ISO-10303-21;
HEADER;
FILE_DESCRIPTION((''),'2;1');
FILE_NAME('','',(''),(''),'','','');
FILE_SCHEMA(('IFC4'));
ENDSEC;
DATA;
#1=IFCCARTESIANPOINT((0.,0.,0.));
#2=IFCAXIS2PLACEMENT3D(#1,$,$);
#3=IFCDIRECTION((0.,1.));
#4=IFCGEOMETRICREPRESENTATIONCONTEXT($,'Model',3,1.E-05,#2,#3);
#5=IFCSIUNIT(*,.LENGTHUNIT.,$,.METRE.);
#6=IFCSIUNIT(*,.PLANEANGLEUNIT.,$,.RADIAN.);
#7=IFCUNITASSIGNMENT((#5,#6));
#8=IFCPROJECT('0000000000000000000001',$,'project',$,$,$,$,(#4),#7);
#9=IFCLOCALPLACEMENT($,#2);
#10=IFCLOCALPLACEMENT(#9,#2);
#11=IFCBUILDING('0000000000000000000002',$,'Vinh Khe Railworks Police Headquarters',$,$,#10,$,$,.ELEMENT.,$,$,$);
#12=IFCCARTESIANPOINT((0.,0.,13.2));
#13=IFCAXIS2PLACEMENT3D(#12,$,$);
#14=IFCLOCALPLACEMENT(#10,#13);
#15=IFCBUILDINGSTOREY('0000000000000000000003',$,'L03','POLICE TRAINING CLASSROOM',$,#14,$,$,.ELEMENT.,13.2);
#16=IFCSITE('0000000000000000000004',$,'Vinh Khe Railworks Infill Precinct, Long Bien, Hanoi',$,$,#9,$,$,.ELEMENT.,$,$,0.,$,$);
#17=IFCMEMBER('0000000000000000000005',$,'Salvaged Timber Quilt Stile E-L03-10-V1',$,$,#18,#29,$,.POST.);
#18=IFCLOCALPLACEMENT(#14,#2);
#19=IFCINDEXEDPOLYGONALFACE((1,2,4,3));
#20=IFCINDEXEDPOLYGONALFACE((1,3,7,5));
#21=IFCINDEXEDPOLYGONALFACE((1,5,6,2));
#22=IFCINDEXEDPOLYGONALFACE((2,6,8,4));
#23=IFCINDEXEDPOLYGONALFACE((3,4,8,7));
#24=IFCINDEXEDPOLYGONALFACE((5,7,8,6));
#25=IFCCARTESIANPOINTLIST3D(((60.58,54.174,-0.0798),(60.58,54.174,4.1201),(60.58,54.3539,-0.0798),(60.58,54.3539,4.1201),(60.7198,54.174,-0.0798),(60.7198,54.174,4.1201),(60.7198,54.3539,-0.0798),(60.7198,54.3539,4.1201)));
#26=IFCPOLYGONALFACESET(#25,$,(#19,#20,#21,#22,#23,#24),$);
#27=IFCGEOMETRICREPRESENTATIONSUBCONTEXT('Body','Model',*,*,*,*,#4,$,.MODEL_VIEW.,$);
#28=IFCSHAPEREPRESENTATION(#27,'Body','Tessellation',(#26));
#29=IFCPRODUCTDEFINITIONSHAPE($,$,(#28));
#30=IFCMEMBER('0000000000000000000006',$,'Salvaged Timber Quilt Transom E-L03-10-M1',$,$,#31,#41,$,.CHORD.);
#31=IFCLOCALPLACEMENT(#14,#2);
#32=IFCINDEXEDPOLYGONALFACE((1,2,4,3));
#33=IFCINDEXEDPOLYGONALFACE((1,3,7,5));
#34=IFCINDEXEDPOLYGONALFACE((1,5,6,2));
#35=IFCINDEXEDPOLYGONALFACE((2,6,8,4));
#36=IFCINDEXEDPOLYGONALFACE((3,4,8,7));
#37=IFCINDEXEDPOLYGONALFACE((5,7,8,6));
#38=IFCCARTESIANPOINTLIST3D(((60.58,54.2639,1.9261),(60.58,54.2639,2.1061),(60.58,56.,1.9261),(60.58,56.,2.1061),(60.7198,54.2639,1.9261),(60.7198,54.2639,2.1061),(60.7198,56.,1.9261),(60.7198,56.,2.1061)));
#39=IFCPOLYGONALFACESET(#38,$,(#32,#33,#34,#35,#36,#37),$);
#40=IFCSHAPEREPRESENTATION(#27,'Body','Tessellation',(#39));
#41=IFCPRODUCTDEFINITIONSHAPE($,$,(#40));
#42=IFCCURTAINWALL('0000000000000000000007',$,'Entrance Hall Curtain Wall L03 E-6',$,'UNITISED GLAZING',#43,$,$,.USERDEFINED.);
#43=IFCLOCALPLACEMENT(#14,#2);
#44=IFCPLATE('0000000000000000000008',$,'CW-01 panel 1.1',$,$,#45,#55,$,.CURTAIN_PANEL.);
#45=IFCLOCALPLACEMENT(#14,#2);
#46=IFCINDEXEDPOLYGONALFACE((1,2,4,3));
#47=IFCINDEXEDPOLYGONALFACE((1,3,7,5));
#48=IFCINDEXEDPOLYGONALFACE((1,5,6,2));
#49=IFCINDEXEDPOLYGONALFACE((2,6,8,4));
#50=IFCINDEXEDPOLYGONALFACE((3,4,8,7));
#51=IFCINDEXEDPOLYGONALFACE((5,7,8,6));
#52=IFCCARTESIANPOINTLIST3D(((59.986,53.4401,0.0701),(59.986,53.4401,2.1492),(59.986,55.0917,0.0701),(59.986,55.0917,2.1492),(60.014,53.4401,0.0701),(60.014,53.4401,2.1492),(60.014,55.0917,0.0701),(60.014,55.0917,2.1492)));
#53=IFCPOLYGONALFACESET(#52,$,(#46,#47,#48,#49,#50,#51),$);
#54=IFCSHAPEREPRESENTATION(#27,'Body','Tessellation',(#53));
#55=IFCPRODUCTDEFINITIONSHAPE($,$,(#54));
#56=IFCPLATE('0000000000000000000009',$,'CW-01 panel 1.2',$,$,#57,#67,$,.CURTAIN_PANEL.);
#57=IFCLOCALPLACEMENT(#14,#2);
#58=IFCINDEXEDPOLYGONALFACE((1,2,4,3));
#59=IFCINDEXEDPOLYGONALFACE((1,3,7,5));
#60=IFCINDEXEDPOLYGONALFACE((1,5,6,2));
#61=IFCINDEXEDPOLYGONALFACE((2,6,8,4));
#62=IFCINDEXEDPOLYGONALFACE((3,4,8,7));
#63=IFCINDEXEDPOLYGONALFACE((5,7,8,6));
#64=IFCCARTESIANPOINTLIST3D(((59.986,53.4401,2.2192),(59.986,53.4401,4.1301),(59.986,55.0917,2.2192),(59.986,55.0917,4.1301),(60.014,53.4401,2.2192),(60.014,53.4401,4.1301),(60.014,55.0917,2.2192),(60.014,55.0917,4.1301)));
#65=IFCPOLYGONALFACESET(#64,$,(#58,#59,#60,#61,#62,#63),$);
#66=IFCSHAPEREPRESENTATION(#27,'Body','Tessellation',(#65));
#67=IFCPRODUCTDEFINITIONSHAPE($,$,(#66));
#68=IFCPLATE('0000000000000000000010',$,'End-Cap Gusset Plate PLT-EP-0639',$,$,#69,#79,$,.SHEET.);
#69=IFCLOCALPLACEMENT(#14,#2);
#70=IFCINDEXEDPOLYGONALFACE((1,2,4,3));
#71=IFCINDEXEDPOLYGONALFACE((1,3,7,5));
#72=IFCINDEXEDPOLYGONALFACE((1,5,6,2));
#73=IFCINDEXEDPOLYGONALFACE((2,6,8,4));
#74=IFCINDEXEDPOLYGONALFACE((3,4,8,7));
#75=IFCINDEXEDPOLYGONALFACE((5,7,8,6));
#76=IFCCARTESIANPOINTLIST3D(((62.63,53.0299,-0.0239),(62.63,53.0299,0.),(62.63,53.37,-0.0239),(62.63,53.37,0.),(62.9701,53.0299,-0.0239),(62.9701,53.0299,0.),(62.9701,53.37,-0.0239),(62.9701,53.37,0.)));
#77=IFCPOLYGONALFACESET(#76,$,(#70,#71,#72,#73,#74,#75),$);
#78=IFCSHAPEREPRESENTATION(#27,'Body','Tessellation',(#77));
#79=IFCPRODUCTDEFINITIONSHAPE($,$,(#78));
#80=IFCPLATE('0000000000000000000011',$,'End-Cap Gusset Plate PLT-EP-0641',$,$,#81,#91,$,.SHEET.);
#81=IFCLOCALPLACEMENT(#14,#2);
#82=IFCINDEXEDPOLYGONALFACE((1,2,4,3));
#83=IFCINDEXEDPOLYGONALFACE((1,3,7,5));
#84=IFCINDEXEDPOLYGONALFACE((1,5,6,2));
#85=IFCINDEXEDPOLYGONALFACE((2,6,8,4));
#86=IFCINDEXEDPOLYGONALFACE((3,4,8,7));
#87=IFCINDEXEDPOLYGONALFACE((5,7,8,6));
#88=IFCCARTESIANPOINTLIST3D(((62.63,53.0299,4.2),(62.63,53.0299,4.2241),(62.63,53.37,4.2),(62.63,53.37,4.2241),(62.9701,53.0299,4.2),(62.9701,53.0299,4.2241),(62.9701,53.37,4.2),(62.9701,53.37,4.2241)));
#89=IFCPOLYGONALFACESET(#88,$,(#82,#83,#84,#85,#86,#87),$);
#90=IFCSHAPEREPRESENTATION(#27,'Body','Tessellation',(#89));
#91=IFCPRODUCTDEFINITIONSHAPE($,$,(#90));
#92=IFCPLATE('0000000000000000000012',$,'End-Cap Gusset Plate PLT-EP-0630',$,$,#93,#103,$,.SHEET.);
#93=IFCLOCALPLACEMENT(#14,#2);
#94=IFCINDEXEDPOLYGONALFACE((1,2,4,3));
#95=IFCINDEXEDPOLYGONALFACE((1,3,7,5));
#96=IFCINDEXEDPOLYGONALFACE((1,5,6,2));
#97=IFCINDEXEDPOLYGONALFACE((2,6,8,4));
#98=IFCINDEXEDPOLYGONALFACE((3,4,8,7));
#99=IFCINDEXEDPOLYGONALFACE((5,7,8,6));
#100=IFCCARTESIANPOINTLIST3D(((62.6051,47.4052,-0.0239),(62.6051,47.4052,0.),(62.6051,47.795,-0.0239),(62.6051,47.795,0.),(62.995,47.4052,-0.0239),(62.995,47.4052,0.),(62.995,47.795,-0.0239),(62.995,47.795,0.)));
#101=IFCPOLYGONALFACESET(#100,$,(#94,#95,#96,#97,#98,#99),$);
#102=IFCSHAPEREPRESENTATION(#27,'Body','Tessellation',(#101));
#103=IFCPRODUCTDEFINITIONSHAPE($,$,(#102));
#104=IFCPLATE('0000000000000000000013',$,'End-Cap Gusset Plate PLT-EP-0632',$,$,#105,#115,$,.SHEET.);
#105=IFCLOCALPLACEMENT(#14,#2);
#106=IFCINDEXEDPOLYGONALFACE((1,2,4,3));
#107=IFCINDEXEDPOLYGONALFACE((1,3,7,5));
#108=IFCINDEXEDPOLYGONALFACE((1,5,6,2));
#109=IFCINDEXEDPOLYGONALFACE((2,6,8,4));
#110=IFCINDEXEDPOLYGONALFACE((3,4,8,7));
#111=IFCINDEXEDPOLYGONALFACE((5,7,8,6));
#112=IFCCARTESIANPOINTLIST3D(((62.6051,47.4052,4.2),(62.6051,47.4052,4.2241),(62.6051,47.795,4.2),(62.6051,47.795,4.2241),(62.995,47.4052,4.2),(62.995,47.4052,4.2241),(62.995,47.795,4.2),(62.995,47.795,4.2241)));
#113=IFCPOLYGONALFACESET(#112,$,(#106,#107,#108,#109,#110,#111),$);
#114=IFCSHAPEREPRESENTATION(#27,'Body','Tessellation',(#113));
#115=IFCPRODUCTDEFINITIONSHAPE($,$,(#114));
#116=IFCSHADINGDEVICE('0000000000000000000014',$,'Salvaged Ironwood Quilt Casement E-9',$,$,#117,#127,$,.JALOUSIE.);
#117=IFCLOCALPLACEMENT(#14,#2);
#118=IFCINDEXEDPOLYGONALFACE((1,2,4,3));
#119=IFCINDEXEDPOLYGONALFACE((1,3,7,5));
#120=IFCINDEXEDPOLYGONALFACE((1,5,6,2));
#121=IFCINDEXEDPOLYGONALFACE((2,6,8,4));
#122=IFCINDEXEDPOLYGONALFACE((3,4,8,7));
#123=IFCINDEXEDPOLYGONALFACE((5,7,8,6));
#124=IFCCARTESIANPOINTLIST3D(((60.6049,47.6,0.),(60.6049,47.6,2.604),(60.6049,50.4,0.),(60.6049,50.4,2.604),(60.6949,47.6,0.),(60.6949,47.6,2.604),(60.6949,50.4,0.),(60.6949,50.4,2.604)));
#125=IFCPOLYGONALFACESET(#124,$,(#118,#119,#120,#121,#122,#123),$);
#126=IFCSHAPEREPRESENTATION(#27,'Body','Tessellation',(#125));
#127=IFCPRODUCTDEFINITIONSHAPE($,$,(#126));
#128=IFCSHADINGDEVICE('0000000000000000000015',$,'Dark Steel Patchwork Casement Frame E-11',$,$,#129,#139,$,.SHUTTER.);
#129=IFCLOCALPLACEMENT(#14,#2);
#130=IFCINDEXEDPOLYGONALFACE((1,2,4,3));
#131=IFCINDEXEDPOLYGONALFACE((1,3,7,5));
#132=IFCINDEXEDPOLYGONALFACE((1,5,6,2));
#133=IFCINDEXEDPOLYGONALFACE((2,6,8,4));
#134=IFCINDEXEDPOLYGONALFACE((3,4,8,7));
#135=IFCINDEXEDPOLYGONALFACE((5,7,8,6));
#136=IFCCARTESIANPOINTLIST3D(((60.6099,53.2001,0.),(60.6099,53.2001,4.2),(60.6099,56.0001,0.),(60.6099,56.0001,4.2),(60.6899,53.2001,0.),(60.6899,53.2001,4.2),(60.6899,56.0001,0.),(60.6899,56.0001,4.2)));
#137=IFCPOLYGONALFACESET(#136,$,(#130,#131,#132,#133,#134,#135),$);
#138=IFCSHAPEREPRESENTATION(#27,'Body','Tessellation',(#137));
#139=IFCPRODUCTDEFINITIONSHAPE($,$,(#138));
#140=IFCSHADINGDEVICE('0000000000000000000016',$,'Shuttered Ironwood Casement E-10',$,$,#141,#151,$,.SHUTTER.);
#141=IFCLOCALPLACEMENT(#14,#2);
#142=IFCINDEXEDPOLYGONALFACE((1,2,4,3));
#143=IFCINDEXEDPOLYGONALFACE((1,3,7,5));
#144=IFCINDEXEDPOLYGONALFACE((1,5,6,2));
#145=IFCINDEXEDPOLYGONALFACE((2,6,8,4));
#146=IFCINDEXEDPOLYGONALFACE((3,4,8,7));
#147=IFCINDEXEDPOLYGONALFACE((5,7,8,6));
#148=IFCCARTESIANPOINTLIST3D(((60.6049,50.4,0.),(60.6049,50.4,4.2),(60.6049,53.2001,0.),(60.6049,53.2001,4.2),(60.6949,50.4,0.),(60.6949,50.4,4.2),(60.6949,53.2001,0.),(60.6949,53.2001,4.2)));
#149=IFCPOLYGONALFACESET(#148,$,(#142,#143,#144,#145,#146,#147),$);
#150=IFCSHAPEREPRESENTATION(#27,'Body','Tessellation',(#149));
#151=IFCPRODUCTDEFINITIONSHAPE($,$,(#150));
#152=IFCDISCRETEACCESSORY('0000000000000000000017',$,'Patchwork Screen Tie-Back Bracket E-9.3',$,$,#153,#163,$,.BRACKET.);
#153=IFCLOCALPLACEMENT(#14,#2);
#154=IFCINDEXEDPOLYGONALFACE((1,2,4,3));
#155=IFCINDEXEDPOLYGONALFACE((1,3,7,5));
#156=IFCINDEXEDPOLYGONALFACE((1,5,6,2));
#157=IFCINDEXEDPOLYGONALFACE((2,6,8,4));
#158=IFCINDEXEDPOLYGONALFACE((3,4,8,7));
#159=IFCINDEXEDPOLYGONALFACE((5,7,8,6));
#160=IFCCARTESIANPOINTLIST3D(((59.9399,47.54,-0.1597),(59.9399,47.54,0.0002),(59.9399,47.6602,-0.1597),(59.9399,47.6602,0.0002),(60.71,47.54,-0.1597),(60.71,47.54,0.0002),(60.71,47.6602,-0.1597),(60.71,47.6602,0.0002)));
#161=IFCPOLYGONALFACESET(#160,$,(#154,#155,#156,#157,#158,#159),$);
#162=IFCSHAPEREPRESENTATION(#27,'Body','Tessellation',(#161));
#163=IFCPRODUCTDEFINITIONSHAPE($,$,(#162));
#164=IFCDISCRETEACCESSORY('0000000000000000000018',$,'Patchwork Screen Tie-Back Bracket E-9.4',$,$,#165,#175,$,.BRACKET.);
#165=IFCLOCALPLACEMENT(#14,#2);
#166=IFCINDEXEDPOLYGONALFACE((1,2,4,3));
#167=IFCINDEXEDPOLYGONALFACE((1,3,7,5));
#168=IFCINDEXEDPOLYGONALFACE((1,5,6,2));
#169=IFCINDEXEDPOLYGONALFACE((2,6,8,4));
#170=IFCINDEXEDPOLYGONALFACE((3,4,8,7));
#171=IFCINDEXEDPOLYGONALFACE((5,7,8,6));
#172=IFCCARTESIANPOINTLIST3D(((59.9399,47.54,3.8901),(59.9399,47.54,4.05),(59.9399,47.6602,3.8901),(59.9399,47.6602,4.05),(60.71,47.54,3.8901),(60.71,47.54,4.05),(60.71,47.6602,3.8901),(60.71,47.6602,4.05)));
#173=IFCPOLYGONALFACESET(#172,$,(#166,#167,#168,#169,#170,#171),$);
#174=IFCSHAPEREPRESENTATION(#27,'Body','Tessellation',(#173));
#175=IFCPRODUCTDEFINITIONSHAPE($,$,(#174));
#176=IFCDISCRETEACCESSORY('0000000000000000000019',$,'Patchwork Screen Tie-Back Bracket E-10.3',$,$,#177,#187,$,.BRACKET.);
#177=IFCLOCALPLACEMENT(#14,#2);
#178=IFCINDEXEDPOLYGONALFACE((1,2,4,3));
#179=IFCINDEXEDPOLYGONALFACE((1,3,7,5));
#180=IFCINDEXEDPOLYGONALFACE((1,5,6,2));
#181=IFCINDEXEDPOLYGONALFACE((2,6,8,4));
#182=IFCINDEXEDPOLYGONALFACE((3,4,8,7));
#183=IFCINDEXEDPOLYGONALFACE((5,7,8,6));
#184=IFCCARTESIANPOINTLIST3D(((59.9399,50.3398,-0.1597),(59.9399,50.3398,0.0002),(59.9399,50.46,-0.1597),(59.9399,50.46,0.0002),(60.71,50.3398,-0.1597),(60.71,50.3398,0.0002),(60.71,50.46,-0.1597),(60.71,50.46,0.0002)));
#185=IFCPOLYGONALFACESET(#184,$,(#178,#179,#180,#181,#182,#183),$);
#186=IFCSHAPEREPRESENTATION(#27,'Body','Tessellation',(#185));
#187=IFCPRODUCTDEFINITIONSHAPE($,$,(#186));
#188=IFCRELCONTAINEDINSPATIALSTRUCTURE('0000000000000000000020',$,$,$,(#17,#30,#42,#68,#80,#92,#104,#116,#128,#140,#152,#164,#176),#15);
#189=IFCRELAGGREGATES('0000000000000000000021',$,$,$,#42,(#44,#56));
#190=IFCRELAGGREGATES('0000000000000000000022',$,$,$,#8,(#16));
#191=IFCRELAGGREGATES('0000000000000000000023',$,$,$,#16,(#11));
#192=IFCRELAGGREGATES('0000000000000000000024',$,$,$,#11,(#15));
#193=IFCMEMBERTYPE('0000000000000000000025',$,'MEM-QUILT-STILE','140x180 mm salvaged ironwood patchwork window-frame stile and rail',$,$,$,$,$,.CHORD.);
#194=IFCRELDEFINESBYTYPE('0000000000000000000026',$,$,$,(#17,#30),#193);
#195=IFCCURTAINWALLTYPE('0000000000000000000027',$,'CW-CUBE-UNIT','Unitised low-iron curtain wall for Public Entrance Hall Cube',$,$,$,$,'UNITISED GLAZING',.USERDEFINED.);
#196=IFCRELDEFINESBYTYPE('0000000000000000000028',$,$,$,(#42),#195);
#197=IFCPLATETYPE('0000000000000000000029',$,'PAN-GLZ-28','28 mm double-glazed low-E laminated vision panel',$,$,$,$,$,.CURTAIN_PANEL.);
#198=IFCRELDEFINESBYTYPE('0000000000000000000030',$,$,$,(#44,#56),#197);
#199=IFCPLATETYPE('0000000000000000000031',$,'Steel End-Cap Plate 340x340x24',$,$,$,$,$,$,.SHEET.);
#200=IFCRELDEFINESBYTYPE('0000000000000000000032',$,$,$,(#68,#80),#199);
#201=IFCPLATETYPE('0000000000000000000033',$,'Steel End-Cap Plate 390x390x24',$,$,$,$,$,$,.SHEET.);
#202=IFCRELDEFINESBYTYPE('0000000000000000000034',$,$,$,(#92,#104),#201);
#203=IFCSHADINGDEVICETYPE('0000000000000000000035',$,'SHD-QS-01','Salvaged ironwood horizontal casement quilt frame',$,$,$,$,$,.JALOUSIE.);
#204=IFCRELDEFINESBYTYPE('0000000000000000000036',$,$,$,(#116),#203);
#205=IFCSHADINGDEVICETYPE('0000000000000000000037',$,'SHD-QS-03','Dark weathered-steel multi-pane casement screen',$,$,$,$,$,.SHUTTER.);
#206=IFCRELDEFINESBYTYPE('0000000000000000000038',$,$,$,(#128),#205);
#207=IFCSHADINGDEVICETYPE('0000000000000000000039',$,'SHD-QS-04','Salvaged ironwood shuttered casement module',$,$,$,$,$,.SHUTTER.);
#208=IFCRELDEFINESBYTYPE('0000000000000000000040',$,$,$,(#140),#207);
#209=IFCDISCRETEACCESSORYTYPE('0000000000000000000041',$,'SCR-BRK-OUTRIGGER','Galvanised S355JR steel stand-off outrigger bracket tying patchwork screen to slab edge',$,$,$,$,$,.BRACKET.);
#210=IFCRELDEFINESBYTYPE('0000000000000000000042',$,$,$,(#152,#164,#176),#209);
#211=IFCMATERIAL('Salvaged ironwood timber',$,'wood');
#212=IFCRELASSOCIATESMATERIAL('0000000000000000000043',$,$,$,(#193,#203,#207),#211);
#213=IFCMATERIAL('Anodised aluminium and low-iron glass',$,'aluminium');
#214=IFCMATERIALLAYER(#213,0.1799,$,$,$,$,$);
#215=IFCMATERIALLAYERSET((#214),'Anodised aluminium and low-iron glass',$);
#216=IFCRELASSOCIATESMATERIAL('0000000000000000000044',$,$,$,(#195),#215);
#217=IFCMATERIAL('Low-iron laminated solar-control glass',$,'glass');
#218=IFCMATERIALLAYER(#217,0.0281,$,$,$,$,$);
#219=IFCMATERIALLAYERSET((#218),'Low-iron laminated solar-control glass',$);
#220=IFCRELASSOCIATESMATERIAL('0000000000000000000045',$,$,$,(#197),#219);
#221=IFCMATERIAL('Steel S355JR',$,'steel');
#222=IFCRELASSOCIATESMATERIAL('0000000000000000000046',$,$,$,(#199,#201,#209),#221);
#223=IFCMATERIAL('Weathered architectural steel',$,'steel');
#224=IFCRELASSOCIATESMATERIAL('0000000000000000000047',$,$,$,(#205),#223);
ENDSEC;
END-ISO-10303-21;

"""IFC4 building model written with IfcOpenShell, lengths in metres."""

from ifc_helpers import new_model, si_unit, direction, frame, origin, origin_2d, place, context, subcontext, project, spatial, rectangle, extrude, material, layer, layer_set, material_profile, profile_set, type_object, element, aggregate, save


model = new_model("IFC4")

# Units and contexts
model_context = context("Model", 3, precision=1e-05, world=origin(), true_north=direction((0.0, 1.0)))
body_context = subcontext(model_context, "Body", "Model", "MODEL_VIEW")
ifc_project = project(units=[si_unit("LENGTHUNIT", "METRE"), si_unit("PLANEANGLEUNIT", "RADIAN")], contexts=[model_context])

# Site, building, storey
site_placement = place(None, origin())
site = spatial("IfcSite", under=ifc_project, at=site_placement, Name="Vinh Khe Railworks Infill Precinct, Long Bien, Hanoi", CompositionType="ELEMENT", RefElevation=0.0)
building_placement = place(site_placement, origin())
building = spatial("IfcBuilding", under=site, at=building_placement, Name="Vinh Khe Railworks Police Headquarters", CompositionType="ELEMENT")
storey_placement = place(building_placement, frame((0.0, 0.0, 13.2)))
storey = spatial("IfcBuildingStorey", under=building, at=storey_placement, Name="L03", Description="POLICE TRAINING CLASSROOM", CompositionType="ELEMENT", Elevation=13.2)

# Shared definitions
ifc_material_1 = material(Name="Steel S355JR", Category="steel")

# Members
ifc_material_2 = material(Name="Salvaged ironwood timber", Category="wood")
ifc_material_profile_1 = material_profile(ifc_material_2, rectangle(XDim=0.1399, YDim=0.1799, at=origin_2d()), Name="TIMBER 140x180")
ifc_profile_set_1 = profile_set([ifc_material_profile_1], Name="Salvaged ironwood timber")
member_type = type_object("IfcMemberType", Name="MEM-QUILT-STILE", Description="140x180 mm salvaged ironwood patchwork window-frame stile and rail", PredefinedType="CHORD", material=ifc_profile_set_1)
member_1_placement = place(storey_placement, frame((60.6499, 54.2639, -0.0798), z_axis=(0.0, 0.0, 1.0), x_axis=(1.0, 0.0, 0.0)))
element("IfcMember", 1, at=member_1_placement, inside=storey, type_object=member_type, Name="Salvaged Timber Quilt Stile E-L03-10-V1", PredefinedType="POST", context=body_context, shape_type="SweptSolid", body=[
    extrude(rectangle(XDim=0.1399, YDim=0.1799, at=origin_2d()), origin(), (0.0, 0.0, 1.0), 4.2),
])
member_2_placement = place(storey_placement, frame((60.6499, 54.2639, 2.0161), z_axis=(0.0, 1.0, 0.0), x_axis=(-1.0, 0.0, 0.0)))
element("IfcMember", 2, at=member_2_placement, inside=storey, type_object=member_type, Name="Salvaged Timber Quilt Transom E-L03-10-M1", PredefinedType="CHORD", context=body_context, shape_type="SweptSolid", body=[
    extrude(rectangle(XDim=0.1399, YDim=0.1799, at=origin_2d()), origin(), (0.0, 0.0, 1.0), 1.7361),
])

# Curtain wall, plates
ifc_material_3 = material(Name="Anodised aluminium and low-iron glass", Category="aluminium")
ifc_layer_1 = layer(ifc_material_3, 0.1799)
ifc_layer_set_1 = layer_set([ifc_layer_1], Name="Anodised aluminium and low-iron glass")
curtain_wall_type = type_object("IfcCurtainWallType", Name="CW-CUBE-UNIT", Description="Unitised low-iron curtain wall for Public Entrance Hall Cube", ElementType="UNITISED GLAZING", PredefinedType="USERDEFINED", material=ifc_layer_set_1)
curtain_wall_placement = place(storey_placement, origin())
curtain_wall = element("IfcCurtainWall", 3, at=curtain_wall_placement, inside=storey, type_object=curtain_wall_type, Name="Entrance Hall Curtain Wall L03 E-6", ObjectType="UNITISED GLAZING", PredefinedType="USERDEFINED")
ifc_material_4 = material(Name="Low-iron laminated solar-control glass", Category="glass")
ifc_layer_2 = layer(ifc_material_4, 0.0281)
ifc_layer_set_2 = layer_set([ifc_layer_2], Name="Low-iron laminated solar-control glass")
plate_type_1 = type_object("IfcPlateType", Name="PAN-GLZ-28", Description="28 mm double-glazed low-E laminated vision panel", PredefinedType="CURTAIN_PANEL", material=ifc_layer_set_2)
plate_1_placement = place(storey_placement, frame((60.0, 54.2659, 0.0701), z_axis=(0.0, 0.0, 1.0), x_axis=(0.0, 1.0, 0.0)))
plate_1 = element("IfcPlate", 4, at=plate_1_placement, type_object=plate_type_1, Name="CW-01 panel 1.1", PredefinedType="CURTAIN_PANEL", context=body_context, shape_type="SweptSolid", body=[
    extrude(rectangle(XDim=1.6516, YDim=0.0281, at=origin_2d()), origin(), (0.0, 0.0, 1.0), 2.0791),
])
plate_2_placement = place(storey_placement, frame((60.0, 54.2659, 2.2192), z_axis=(0.0, 0.0, 1.0), x_axis=(0.0, 1.0, 0.0)))
plate_2 = element("IfcPlate", 5, at=plate_2_placement, type_object=plate_type_1, Name="CW-01 panel 1.2", PredefinedType="CURTAIN_PANEL", context=body_context, shape_type="SweptSolid", body=[
    extrude(rectangle(XDim=1.6516, YDim=0.0281, at=origin_2d()), origin(), (0.0, 0.0, 1.0), 1.9109),
])
aggregate(curtain_wall, [plate_1, plate_2])

# Plates
ifc_material_profile_2 = material_profile(ifc_material_1, rectangle(XDim=0.3401, YDim=0.3401, at=origin_2d()), Name="PL 340x340")
ifc_profile_set_2 = profile_set([ifc_material_profile_2], Name="Steel S355JR")
plate_type_2 = type_object("IfcPlateType", Name="Steel End-Cap Plate 340x340x24", PredefinedType="SHEET", material=ifc_profile_set_2)
plate_3_placement = place(storey_placement, frame((62.8, 53.2, 0.0), z_axis=(0.0, 0.0, -1.0), x_axis=(1.0, 0.0, 0.0)))
element("IfcPlate", 6, at=plate_3_placement, inside=storey, type_object=plate_type_2, Name="End-Cap Gusset Plate PLT-EP-0639", PredefinedType="SHEET", context=body_context, shape_type="SweptSolid", body=[
    extrude(rectangle(XDim=0.3401, YDim=0.3401, at=origin_2d()), origin(), (0.0, 0.0, 1.0), 0.0239),
])
plate_4_placement = place(storey_placement, frame((62.8, 53.2, 4.2), z_axis=(0.0, 0.0, 1.0), x_axis=(1.0, 0.0, 0.0)))
element("IfcPlate", 7, at=plate_4_placement, inside=storey, type_object=plate_type_2, Name="End-Cap Gusset Plate PLT-EP-0641", PredefinedType="SHEET", context=body_context, shape_type="SweptSolid", body=[
    extrude(rectangle(XDim=0.3401, YDim=0.3401, at=origin_2d()), origin(), (0.0, 0.0, 1.0), 0.0242),
])
ifc_material_profile_3 = material_profile(ifc_material_1, rectangle(XDim=0.3899, YDim=0.3899, at=origin_2d()), Name="PL 390x390")
ifc_profile_set_3 = profile_set([ifc_material_profile_3], Name="Steel S355JR")
plate_type_3 = type_object("IfcPlateType", Name="Steel End-Cap Plate 390x390x24", PredefinedType="SHEET", material=ifc_profile_set_3)
plate_5_placement = place(storey_placement, frame((62.8, 47.6001, 0.0), z_axis=(0.0, 0.0, -1.0), x_axis=(1.0, 0.0, 0.0)))
element("IfcPlate", 8, at=plate_5_placement, inside=storey, type_object=plate_type_3, Name="End-Cap Gusset Plate PLT-EP-0630", PredefinedType="SHEET", context=body_context, shape_type="SweptSolid", body=[
    extrude(rectangle(XDim=0.3899, YDim=0.3899, at=origin_2d()), origin(), (0.0, 0.0, 1.0), 0.0239),
])
plate_6_placement = place(storey_placement, frame((62.8, 47.6001, 4.2), z_axis=(0.0, 0.0, 1.0), x_axis=(1.0, 0.0, 0.0)))
element("IfcPlate", 9, at=plate_6_placement, inside=storey, type_object=plate_type_3, Name="End-Cap Gusset Plate PLT-EP-0632", PredefinedType="SHEET", context=body_context, shape_type="SweptSolid", body=[
    extrude(rectangle(XDim=0.3899, YDim=0.3899, at=origin_2d()), origin(), (0.0, 0.0, 1.0), 0.0242),
])

# Shading devices
shading_device_type_1 = type_object("IfcShadingDeviceType", Name="SHD-QS-01", Description="Salvaged ironwood horizontal casement quilt frame", PredefinedType="JALOUSIE", material=ifc_material_2)
shading_device_1_placement = place(storey_placement, frame((60.6499, 49.0, 0.0), z_axis=(0.0, 0.0, 1.0), x_axis=(0.0, 1.0, 0.0)))
element("IfcShadingDevice", 10, at=shading_device_1_placement, inside=storey, type_object=shading_device_type_1, Name="Salvaged Ironwood Quilt Casement E-9", PredefinedType="JALOUSIE", context=body_context, shape_type="SweptSolid", body=[
    extrude(rectangle(XDim=2.8, YDim=0.0901, at=origin_2d()), origin(), (0.0, 0.0, 1.0), 2.604),
])
ifc_material_5 = material(Name="Weathered architectural steel", Category="steel")
shading_device_type_2 = type_object("IfcShadingDeviceType", Name="SHD-QS-03", Description="Dark weathered-steel multi-pane casement screen", PredefinedType="SHUTTER", material=ifc_material_5)
shading_device_2_placement = place(storey_placement, frame((60.6499, 54.6001, 0.0), z_axis=(0.0, 0.0, 1.0), x_axis=(0.0, 1.0, 0.0)))
element("IfcShadingDevice", 11, at=shading_device_2_placement, inside=storey, type_object=shading_device_type_2, Name="Dark Steel Patchwork Casement Frame E-11", PredefinedType="SHUTTER", context=body_context, shape_type="SweptSolid", body=[
    extrude(rectangle(XDim=2.8, YDim=0.0801, at=origin_2d()), origin(), (0.0, 0.0, 1.0), 4.2),
])
shading_device_type_3 = type_object("IfcShadingDeviceType", Name="SHD-QS-04", Description="Salvaged ironwood shuttered casement module", PredefinedType="SHUTTER", material=ifc_material_2)
shading_device_3_placement = place(storey_placement, frame((60.6499, 51.8, 0.0), z_axis=(0.0, 0.0, 1.0), x_axis=(0.0, 1.0, 0.0)))
element("IfcShadingDevice", 12, at=shading_device_3_placement, inside=storey, type_object=shading_device_type_3, Name="Shuttered Ironwood Casement E-10", PredefinedType="SHUTTER", context=body_context, shape_type="SweptSolid", body=[
    extrude(rectangle(XDim=2.8, YDim=0.0901, at=origin_2d()), origin(), (0.0, 0.0, 1.0), 4.2),
])

# Discrete accessories
discrete_accessory_type_1 = type_object("IfcDiscreteAccessoryType", Name="SCR-BRK-OUTRIGGER", Description="Galvanised S355JR steel stand-off outrigger bracket tying patchwork screen to slab edge", PredefinedType="BRACKET", material=ifc_material_1)
for number, where, z_axis, x_axis, name in (
    (13, (60.325, 47.6001, -0.1597), (0.0, 0.0, 1.0), (1.0, 0.0, 0.0), "Patchwork Screen Tie-Back Bracket E-9.3"),
    (14, (60.325, 47.6001, 3.8901), (0.0, 0.0, 1.0), (1.0, 0.0, 0.0), "Patchwork Screen Tie-Back Bracket E-9.4"),
    (15, (60.325, 50.3999, -0.1597), (0.0, 0.0, 1.0), (1.0, 0.0, 0.0), "Patchwork Screen Tie-Back Bracket E-10.3"),
):
    element("IfcDiscreteAccessory", number, at=place(storey_placement, frame(where, z_axis=z_axis, x_axis=x_axis)), inside=storey, type_object=discrete_accessory_type_1, Name=name, PredefinedType="BRACKET", context=body_context, shape_type="SweptSolid", body=[
        extrude(rectangle(XDim=0.77, YDim=0.1201, at=origin_2d()), origin(), (0.0, 0.0, 1.0), 0.1599),
    ])

save(model, "model.ifc")
